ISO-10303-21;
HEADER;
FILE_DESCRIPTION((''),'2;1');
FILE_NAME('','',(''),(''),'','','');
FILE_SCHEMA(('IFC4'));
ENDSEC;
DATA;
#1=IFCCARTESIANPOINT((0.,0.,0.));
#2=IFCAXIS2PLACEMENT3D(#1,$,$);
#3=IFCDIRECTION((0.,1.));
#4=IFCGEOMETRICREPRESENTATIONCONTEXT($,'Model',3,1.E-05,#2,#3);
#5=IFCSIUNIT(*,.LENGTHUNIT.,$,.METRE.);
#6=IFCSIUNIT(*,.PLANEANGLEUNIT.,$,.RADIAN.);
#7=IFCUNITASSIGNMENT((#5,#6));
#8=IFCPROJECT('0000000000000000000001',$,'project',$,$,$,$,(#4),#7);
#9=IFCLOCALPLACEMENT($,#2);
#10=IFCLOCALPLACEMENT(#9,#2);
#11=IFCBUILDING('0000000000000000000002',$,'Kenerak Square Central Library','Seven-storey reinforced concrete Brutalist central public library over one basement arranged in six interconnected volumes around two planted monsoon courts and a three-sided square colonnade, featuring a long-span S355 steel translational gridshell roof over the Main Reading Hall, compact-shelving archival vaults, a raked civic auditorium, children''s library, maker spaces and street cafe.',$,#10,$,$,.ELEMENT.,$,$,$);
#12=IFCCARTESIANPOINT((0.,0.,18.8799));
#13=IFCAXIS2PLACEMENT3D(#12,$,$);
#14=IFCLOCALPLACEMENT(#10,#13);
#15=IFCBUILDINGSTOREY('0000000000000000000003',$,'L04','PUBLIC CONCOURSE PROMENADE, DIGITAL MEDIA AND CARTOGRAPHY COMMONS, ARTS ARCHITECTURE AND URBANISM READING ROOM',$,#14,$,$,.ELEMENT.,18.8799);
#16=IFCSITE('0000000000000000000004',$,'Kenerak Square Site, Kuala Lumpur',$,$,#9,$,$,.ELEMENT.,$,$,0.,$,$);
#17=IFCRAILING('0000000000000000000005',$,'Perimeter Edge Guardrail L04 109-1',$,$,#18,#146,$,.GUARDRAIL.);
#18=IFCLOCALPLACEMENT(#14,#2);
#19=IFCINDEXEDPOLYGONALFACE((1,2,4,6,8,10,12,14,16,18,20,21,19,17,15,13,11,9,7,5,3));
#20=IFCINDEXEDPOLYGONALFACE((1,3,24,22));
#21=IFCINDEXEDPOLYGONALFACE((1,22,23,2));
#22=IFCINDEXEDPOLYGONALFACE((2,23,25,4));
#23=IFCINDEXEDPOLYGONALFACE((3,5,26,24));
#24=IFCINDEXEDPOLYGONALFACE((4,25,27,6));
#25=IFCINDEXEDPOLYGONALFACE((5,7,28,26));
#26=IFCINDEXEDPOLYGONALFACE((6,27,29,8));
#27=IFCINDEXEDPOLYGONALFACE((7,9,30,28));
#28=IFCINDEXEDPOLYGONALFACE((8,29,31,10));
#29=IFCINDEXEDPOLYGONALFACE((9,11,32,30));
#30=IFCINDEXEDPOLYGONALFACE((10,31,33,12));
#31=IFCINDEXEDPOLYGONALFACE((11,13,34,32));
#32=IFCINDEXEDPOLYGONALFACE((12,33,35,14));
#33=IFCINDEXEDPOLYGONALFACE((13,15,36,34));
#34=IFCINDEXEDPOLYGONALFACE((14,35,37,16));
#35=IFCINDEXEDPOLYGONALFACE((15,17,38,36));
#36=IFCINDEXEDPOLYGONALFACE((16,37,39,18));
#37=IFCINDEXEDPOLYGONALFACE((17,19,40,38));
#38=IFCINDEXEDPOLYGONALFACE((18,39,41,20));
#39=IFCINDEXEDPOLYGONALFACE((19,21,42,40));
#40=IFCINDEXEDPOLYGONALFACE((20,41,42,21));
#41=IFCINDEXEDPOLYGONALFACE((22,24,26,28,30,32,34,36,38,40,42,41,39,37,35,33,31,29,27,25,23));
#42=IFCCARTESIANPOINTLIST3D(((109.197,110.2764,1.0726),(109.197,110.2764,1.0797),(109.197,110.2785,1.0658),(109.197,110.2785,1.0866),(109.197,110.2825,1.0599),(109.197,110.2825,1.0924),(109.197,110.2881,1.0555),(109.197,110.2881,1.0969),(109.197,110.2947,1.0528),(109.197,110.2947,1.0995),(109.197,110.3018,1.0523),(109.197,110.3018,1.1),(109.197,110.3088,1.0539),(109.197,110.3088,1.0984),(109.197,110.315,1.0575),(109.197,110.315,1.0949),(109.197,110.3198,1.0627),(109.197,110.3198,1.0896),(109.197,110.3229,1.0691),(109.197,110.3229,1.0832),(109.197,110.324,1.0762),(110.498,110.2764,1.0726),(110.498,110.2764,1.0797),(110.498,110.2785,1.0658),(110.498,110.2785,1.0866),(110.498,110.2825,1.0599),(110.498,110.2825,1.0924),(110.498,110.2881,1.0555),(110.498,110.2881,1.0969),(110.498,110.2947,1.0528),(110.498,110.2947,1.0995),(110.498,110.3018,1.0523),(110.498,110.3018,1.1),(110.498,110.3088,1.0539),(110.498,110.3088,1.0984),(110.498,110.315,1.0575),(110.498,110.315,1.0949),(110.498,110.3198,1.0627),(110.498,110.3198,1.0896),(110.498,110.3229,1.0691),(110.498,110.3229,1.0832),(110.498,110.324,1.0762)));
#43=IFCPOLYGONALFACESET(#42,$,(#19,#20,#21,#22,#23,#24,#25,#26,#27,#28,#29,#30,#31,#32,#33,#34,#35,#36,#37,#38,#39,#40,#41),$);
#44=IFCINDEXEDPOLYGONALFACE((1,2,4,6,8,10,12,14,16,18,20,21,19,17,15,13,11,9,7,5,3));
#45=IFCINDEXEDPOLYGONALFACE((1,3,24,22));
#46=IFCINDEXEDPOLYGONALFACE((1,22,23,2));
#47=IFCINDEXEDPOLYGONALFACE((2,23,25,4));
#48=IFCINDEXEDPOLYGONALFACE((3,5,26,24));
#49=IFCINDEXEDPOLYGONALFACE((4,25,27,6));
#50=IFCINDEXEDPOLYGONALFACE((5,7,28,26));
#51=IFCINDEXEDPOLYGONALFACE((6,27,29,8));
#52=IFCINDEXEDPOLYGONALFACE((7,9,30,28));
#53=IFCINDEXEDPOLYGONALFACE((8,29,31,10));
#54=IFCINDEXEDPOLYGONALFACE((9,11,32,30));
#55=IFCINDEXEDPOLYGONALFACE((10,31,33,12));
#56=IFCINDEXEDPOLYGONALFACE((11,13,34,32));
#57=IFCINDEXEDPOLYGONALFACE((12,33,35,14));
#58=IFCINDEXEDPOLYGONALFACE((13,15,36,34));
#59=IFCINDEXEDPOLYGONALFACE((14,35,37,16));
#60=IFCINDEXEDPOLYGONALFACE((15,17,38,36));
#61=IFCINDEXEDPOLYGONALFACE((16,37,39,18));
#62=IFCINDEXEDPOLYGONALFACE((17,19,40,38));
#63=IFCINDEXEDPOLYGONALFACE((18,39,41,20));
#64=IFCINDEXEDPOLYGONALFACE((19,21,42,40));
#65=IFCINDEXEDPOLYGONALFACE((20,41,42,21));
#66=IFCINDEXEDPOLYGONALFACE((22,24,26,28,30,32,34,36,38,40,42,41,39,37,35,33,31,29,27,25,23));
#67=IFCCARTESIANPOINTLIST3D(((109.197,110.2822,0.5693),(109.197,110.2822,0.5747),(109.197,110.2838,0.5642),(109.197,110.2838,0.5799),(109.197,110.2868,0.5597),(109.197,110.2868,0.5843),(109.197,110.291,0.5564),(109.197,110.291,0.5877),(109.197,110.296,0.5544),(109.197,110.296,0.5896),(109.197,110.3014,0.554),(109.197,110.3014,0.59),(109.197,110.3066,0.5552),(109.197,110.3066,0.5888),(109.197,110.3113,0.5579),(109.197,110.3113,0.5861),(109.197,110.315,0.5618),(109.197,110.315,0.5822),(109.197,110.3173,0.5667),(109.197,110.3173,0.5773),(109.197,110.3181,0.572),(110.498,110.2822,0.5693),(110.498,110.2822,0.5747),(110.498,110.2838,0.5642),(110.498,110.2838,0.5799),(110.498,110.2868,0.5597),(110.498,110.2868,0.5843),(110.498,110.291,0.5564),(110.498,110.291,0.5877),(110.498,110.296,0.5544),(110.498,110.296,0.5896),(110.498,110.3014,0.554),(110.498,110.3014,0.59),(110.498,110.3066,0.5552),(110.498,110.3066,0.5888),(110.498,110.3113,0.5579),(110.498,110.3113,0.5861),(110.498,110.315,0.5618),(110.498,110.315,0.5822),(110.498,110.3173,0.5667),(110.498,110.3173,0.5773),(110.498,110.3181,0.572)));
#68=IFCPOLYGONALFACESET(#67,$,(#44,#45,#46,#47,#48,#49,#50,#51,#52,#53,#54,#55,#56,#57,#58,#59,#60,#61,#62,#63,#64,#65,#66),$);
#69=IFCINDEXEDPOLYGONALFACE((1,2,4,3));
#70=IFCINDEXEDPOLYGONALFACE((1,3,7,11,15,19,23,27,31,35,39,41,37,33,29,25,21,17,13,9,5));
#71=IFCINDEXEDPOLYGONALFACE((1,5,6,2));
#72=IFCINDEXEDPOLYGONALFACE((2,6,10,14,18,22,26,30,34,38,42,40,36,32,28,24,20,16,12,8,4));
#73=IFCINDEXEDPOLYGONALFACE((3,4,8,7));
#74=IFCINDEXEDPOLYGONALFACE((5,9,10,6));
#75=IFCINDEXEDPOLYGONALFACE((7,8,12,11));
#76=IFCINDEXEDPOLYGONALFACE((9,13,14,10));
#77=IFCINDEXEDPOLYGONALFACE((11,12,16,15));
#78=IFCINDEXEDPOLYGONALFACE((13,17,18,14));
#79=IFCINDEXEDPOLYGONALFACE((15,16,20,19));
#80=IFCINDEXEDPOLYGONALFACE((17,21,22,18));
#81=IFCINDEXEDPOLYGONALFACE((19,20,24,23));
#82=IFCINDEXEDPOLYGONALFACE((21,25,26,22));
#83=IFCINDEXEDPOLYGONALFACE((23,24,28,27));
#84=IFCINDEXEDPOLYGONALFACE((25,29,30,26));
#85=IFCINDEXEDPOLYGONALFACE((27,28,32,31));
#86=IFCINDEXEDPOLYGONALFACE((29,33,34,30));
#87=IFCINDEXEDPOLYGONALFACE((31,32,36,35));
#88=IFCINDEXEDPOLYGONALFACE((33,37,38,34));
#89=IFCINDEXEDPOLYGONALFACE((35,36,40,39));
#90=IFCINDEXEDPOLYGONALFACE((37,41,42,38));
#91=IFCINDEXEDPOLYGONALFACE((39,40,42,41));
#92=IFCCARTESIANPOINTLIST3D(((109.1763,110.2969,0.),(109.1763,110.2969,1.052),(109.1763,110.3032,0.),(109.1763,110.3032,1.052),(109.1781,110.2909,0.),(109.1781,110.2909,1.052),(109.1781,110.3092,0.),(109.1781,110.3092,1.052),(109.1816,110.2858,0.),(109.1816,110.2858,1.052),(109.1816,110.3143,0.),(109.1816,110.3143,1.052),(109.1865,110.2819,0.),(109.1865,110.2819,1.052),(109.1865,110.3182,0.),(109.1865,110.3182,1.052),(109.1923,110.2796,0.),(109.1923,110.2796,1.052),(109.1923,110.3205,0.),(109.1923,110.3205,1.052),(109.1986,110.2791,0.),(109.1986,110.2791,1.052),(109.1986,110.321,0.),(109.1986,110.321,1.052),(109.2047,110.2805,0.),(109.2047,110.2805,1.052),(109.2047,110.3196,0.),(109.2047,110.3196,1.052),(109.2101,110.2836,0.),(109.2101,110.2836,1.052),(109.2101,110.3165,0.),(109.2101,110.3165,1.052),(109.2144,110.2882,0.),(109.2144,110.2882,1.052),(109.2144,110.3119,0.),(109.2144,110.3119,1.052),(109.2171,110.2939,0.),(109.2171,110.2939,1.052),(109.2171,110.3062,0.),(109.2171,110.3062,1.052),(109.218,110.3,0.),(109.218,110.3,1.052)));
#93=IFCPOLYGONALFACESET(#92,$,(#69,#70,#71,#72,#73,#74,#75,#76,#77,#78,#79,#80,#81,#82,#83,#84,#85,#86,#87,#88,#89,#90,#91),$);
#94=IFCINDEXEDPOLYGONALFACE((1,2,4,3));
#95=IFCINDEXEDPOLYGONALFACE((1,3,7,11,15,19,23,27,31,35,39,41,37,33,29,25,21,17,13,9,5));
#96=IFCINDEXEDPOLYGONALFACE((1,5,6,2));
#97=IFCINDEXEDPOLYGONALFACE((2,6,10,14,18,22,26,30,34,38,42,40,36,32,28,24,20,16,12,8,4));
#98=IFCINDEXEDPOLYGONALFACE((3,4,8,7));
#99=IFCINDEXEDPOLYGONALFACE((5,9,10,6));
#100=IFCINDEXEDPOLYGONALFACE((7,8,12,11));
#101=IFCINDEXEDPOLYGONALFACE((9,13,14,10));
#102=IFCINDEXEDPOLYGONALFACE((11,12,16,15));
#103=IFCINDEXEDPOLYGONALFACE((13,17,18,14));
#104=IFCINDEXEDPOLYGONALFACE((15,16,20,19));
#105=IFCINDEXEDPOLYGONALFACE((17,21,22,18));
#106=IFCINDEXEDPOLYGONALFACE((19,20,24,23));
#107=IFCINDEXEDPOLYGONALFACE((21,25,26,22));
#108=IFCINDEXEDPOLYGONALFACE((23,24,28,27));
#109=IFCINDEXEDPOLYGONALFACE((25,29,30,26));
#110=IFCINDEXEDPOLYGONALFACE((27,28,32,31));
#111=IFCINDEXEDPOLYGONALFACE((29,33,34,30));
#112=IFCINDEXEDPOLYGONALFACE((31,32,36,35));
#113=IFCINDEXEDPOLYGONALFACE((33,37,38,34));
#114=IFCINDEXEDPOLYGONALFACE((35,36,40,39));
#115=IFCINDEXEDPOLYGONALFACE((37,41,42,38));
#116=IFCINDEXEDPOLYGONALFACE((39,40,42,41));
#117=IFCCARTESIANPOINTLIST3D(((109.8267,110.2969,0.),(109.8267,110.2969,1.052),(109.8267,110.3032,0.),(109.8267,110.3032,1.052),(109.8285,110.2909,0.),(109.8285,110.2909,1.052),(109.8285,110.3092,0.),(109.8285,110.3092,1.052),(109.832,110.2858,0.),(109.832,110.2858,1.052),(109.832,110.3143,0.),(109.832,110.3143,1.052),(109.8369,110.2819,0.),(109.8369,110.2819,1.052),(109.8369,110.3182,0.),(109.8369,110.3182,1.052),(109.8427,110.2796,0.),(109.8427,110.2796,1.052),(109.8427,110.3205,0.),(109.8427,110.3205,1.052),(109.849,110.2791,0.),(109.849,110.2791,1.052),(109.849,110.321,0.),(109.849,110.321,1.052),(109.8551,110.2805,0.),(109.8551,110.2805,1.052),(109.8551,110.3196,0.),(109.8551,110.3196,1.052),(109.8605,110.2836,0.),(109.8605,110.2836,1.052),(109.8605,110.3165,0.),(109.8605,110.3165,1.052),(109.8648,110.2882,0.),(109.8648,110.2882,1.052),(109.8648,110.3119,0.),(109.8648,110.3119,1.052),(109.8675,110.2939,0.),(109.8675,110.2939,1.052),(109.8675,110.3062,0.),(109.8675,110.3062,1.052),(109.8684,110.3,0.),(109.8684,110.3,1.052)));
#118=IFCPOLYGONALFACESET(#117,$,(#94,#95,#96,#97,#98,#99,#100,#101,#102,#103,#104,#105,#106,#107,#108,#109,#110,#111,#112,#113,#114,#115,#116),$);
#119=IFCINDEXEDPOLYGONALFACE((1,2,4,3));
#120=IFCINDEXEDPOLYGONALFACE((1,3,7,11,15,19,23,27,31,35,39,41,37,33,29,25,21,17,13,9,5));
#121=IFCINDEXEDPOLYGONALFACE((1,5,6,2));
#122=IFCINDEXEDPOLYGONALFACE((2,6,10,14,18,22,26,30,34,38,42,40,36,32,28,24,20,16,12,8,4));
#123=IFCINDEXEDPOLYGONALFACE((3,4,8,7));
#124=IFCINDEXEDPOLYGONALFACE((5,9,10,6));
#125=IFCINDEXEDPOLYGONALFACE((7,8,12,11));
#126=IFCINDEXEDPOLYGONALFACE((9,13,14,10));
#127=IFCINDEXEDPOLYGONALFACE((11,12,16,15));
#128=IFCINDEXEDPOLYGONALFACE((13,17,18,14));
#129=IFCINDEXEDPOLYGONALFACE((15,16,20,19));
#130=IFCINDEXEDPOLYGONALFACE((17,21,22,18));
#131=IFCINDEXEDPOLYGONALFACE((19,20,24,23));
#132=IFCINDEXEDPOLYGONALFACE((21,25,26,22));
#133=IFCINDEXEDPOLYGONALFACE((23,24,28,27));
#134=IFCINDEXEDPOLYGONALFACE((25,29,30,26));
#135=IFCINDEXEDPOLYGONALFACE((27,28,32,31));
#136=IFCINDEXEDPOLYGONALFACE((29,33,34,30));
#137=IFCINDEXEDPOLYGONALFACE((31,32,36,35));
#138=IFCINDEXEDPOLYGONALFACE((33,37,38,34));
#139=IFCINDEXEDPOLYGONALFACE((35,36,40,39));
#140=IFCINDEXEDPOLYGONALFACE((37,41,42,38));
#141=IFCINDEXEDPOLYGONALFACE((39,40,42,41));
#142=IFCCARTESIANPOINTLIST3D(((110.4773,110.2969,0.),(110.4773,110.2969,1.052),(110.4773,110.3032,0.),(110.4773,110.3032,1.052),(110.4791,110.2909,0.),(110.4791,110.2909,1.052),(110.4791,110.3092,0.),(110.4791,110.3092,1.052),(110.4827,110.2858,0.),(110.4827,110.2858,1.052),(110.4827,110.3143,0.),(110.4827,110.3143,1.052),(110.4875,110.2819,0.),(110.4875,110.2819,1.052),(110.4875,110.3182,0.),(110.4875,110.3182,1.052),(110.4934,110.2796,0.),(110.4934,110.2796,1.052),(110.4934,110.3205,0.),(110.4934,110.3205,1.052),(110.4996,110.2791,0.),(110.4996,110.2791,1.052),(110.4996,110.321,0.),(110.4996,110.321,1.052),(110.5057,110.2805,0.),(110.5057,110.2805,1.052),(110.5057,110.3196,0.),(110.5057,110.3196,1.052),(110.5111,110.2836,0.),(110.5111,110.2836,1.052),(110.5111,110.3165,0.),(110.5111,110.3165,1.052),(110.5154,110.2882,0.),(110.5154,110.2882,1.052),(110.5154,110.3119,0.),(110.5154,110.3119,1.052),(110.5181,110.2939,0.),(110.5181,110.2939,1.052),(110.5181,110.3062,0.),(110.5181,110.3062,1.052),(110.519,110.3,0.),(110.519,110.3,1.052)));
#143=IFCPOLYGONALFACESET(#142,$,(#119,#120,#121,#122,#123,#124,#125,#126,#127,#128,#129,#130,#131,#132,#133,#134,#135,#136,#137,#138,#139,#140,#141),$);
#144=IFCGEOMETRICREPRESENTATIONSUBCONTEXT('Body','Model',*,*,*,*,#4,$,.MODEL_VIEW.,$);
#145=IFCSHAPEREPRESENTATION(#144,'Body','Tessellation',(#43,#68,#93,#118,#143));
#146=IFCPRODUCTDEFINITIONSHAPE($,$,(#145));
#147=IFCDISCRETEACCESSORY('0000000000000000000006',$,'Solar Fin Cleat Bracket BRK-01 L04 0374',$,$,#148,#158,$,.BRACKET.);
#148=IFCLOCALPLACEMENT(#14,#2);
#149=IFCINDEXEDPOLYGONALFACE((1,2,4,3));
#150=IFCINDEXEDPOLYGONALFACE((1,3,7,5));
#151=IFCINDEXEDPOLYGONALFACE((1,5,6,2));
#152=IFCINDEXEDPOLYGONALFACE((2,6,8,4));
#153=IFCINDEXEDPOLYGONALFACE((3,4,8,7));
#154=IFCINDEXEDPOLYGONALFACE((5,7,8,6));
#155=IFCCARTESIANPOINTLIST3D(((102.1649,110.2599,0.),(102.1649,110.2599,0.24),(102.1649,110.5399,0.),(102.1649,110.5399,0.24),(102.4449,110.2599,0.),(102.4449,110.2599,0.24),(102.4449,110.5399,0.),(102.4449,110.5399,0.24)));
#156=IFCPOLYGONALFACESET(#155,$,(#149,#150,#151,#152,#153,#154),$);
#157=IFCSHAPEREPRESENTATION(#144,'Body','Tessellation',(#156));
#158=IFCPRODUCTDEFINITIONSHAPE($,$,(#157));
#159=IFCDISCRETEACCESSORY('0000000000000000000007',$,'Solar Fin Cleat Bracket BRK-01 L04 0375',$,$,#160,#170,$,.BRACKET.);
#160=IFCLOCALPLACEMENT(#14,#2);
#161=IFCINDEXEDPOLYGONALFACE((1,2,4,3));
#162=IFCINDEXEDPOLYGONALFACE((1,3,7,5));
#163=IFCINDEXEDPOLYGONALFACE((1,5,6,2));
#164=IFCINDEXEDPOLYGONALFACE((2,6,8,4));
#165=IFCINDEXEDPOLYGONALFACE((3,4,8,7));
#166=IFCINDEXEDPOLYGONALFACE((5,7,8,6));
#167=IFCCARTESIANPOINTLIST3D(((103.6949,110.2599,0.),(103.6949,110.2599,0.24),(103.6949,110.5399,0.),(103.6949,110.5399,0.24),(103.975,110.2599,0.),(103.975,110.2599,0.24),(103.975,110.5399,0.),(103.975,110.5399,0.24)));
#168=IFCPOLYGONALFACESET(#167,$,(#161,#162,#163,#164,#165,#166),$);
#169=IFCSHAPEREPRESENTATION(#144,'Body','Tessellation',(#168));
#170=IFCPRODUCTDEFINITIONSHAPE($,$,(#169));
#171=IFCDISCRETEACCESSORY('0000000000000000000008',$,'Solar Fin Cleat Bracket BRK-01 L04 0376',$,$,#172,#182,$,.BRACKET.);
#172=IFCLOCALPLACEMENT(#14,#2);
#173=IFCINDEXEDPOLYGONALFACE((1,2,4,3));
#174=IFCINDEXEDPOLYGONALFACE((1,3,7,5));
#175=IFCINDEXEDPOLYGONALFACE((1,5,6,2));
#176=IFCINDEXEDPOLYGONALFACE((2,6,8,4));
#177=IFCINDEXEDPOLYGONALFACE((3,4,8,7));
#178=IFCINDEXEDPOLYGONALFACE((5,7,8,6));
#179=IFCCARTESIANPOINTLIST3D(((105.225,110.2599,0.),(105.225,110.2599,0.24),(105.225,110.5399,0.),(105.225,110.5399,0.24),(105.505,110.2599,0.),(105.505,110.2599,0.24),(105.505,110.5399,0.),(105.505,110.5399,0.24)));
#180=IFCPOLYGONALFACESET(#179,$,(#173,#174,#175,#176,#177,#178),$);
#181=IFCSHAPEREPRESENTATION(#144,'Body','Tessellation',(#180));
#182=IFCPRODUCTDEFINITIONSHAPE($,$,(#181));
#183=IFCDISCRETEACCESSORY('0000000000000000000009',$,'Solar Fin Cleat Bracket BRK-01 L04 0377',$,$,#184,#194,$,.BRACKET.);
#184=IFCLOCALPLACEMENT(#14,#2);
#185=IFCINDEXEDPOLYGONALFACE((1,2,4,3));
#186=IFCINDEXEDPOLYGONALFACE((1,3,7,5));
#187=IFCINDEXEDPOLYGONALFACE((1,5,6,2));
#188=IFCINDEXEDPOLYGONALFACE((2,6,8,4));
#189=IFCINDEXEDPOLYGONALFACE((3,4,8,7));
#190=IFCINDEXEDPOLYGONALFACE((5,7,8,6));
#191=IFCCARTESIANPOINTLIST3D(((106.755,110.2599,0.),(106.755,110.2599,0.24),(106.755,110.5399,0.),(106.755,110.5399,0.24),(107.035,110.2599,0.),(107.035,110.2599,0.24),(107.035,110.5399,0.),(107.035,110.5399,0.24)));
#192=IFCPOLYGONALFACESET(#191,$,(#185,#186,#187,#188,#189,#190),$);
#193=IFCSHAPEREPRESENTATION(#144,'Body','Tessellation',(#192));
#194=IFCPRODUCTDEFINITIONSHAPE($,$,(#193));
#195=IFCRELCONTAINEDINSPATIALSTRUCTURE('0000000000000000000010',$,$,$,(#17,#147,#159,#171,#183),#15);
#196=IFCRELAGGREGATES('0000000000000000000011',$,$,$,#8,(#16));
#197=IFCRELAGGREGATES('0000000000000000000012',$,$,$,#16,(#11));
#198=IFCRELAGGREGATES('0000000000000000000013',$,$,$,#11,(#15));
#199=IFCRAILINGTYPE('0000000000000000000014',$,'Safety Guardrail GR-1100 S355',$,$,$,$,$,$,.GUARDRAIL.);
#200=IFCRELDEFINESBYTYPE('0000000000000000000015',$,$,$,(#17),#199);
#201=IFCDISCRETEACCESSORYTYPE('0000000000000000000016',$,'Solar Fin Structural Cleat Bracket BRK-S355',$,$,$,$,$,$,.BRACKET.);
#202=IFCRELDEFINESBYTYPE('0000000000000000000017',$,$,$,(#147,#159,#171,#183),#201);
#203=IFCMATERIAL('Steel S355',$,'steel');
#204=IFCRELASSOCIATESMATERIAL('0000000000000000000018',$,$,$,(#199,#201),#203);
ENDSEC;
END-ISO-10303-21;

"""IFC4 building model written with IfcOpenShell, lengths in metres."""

from ifc_helpers import new_model, si_unit, direction, frame, origin, origin_2d, place, context, subcontext, project, spatial, rectangle, circle, extrude, material, type_object, element, save


model = new_model("IFC4")

# Units and contexts
model_context = context("Model", 3, precision=1e-05, world=origin(), true_north=direction((0.0, 1.0)))
body_context = subcontext(model_context, "Body", "Model", "MODEL_VIEW")
ifc_project = project(units=[si_unit("LENGTHUNIT", "METRE"), si_unit("PLANEANGLEUNIT", "RADIAN")], contexts=[model_context])

# Site, building, storey
site_placement = place(None, origin())
site = spatial("IfcSite", under=ifc_project, at=site_placement, Name="Kenerak Square Site, Kuala Lumpur", CompositionType="ELEMENT", RefElevation=0.0)
building_placement = place(site_placement, origin())
building = spatial("IfcBuilding", under=site, at=building_placement, Name="Kenerak Square Central Library", Description="Seven-storey reinforced concrete Brutalist central public library over one basement arranged in six interconnected volumes around two planted monsoon courts and a three-sided square colonnade, featuring a long-span S355 steel translational gridshell roof over the Main Reading Hall, compact-shelving archival vaults, a raked civic auditorium, children's library, maker spaces and street cafe.", CompositionType="ELEMENT")
storey_placement = place(building_placement, frame((0.0, 0.0, 18.8799)))
storey = spatial("IfcBuildingStorey", under=building, at=storey_placement, Name="L04", Description="PUBLIC CONCOURSE PROMENADE, DIGITAL MEDIA AND CARTOGRAPHY COMMONS, ARTS ARCHITECTURE AND URBANISM READING ROOM", CompositionType="ELEMENT", Elevation=18.8799)

# Railing
ifc_material_1 = material(Name="Steel S355", Category="steel")
railing_type = type_object("IfcRailingType", Name="Safety Guardrail GR-1100 S355", PredefinedType="GUARDRAIL", material=ifc_material_1)
railing_placement = place(storey_placement, frame((109.197, 110.3, 0.0)))
element("IfcRailing", 1, at=railing_placement, inside=storey, type_object=railing_type, Name="Perimeter Edge Guardrail L04 109-1", PredefinedType="GUARDRAIL", context=body_context, shape_type="SweptSolid", body=[
    extrude(circle(Radius=0.0239, at=origin_2d()), frame((0.0, 0.0, 1.0762), z_axis=(1.0, 0.0, 0.0), x_axis=(0.0, 1.0, 0.0)), (0.0, 0.0, 1.0), 1.301),
    extrude(circle(Radius=0.0181, at=origin_2d()), frame((0.0, 0.0, 0.572), z_axis=(1.0, 0.0, 0.0), x_axis=(0.0, 1.0, 0.0)), (0.0, 0.0, 1.0), 1.301),
    extrude(circle(Radius=0.021, at=origin_2d()), origin(), (0.0, 0.0, 1.0), 1.052),
    extrude(circle(Radius=0.021, at=origin_2d()), frame((0.6504, 0.0, 0.0)), (0.0, 0.0, 1.0), 1.052),
    extrude(circle(Radius=0.021, at=origin_2d()), frame((1.301, 0.0, 0.0)), (0.0, 0.0, 1.0), 1.052),
])

# Discrete accessories
discrete_accessory_type = type_object("IfcDiscreteAccessoryType", Name="Solar Fin Structural Cleat Bracket BRK-S355", PredefinedType="BRACKET", material=ifc_material_1)
for number, where, z_axis, x_axis, name in (
    (2, (102.3049, 110.3999, 0.0), (0.0, 0.0, 1.0), (1.0, 0.0, 0.0), "Solar Fin Cleat Bracket BRK-01 L04 0374"),
    (3, (103.835, 110.3999, 0.0), (0.0, 0.0, 1.0), (1.0, 0.0, 0.0), "Solar Fin Cleat Bracket BRK-01 L04 0375"),
    (4, (105.365, 110.3999, 0.0), (0.0, 0.0, 1.0), (1.0, 0.0, 0.0), "Solar Fin Cleat Bracket BRK-01 L04 0376"),
    (5, (106.895, 110.3999, 0.0), (0.0, 0.0, 1.0), (1.0, 0.0, 0.0), "Solar Fin Cleat Bracket BRK-01 L04 0377"),
):
    element("IfcDiscreteAccessory", number, at=place(storey_placement, frame(where, z_axis=z_axis, x_axis=x_axis)), inside=storey, type_object=discrete_accessory_type, Name=name, PredefinedType="BRACKET", context=body_context, shape_type="SweptSolid", body=[
        extrude(rectangle(XDim=0.28, YDim=0.28, at=origin_2d()), origin(), (0.0, 0.0, 1.0), 0.24),
    ])

save(model, "model.ifc")
